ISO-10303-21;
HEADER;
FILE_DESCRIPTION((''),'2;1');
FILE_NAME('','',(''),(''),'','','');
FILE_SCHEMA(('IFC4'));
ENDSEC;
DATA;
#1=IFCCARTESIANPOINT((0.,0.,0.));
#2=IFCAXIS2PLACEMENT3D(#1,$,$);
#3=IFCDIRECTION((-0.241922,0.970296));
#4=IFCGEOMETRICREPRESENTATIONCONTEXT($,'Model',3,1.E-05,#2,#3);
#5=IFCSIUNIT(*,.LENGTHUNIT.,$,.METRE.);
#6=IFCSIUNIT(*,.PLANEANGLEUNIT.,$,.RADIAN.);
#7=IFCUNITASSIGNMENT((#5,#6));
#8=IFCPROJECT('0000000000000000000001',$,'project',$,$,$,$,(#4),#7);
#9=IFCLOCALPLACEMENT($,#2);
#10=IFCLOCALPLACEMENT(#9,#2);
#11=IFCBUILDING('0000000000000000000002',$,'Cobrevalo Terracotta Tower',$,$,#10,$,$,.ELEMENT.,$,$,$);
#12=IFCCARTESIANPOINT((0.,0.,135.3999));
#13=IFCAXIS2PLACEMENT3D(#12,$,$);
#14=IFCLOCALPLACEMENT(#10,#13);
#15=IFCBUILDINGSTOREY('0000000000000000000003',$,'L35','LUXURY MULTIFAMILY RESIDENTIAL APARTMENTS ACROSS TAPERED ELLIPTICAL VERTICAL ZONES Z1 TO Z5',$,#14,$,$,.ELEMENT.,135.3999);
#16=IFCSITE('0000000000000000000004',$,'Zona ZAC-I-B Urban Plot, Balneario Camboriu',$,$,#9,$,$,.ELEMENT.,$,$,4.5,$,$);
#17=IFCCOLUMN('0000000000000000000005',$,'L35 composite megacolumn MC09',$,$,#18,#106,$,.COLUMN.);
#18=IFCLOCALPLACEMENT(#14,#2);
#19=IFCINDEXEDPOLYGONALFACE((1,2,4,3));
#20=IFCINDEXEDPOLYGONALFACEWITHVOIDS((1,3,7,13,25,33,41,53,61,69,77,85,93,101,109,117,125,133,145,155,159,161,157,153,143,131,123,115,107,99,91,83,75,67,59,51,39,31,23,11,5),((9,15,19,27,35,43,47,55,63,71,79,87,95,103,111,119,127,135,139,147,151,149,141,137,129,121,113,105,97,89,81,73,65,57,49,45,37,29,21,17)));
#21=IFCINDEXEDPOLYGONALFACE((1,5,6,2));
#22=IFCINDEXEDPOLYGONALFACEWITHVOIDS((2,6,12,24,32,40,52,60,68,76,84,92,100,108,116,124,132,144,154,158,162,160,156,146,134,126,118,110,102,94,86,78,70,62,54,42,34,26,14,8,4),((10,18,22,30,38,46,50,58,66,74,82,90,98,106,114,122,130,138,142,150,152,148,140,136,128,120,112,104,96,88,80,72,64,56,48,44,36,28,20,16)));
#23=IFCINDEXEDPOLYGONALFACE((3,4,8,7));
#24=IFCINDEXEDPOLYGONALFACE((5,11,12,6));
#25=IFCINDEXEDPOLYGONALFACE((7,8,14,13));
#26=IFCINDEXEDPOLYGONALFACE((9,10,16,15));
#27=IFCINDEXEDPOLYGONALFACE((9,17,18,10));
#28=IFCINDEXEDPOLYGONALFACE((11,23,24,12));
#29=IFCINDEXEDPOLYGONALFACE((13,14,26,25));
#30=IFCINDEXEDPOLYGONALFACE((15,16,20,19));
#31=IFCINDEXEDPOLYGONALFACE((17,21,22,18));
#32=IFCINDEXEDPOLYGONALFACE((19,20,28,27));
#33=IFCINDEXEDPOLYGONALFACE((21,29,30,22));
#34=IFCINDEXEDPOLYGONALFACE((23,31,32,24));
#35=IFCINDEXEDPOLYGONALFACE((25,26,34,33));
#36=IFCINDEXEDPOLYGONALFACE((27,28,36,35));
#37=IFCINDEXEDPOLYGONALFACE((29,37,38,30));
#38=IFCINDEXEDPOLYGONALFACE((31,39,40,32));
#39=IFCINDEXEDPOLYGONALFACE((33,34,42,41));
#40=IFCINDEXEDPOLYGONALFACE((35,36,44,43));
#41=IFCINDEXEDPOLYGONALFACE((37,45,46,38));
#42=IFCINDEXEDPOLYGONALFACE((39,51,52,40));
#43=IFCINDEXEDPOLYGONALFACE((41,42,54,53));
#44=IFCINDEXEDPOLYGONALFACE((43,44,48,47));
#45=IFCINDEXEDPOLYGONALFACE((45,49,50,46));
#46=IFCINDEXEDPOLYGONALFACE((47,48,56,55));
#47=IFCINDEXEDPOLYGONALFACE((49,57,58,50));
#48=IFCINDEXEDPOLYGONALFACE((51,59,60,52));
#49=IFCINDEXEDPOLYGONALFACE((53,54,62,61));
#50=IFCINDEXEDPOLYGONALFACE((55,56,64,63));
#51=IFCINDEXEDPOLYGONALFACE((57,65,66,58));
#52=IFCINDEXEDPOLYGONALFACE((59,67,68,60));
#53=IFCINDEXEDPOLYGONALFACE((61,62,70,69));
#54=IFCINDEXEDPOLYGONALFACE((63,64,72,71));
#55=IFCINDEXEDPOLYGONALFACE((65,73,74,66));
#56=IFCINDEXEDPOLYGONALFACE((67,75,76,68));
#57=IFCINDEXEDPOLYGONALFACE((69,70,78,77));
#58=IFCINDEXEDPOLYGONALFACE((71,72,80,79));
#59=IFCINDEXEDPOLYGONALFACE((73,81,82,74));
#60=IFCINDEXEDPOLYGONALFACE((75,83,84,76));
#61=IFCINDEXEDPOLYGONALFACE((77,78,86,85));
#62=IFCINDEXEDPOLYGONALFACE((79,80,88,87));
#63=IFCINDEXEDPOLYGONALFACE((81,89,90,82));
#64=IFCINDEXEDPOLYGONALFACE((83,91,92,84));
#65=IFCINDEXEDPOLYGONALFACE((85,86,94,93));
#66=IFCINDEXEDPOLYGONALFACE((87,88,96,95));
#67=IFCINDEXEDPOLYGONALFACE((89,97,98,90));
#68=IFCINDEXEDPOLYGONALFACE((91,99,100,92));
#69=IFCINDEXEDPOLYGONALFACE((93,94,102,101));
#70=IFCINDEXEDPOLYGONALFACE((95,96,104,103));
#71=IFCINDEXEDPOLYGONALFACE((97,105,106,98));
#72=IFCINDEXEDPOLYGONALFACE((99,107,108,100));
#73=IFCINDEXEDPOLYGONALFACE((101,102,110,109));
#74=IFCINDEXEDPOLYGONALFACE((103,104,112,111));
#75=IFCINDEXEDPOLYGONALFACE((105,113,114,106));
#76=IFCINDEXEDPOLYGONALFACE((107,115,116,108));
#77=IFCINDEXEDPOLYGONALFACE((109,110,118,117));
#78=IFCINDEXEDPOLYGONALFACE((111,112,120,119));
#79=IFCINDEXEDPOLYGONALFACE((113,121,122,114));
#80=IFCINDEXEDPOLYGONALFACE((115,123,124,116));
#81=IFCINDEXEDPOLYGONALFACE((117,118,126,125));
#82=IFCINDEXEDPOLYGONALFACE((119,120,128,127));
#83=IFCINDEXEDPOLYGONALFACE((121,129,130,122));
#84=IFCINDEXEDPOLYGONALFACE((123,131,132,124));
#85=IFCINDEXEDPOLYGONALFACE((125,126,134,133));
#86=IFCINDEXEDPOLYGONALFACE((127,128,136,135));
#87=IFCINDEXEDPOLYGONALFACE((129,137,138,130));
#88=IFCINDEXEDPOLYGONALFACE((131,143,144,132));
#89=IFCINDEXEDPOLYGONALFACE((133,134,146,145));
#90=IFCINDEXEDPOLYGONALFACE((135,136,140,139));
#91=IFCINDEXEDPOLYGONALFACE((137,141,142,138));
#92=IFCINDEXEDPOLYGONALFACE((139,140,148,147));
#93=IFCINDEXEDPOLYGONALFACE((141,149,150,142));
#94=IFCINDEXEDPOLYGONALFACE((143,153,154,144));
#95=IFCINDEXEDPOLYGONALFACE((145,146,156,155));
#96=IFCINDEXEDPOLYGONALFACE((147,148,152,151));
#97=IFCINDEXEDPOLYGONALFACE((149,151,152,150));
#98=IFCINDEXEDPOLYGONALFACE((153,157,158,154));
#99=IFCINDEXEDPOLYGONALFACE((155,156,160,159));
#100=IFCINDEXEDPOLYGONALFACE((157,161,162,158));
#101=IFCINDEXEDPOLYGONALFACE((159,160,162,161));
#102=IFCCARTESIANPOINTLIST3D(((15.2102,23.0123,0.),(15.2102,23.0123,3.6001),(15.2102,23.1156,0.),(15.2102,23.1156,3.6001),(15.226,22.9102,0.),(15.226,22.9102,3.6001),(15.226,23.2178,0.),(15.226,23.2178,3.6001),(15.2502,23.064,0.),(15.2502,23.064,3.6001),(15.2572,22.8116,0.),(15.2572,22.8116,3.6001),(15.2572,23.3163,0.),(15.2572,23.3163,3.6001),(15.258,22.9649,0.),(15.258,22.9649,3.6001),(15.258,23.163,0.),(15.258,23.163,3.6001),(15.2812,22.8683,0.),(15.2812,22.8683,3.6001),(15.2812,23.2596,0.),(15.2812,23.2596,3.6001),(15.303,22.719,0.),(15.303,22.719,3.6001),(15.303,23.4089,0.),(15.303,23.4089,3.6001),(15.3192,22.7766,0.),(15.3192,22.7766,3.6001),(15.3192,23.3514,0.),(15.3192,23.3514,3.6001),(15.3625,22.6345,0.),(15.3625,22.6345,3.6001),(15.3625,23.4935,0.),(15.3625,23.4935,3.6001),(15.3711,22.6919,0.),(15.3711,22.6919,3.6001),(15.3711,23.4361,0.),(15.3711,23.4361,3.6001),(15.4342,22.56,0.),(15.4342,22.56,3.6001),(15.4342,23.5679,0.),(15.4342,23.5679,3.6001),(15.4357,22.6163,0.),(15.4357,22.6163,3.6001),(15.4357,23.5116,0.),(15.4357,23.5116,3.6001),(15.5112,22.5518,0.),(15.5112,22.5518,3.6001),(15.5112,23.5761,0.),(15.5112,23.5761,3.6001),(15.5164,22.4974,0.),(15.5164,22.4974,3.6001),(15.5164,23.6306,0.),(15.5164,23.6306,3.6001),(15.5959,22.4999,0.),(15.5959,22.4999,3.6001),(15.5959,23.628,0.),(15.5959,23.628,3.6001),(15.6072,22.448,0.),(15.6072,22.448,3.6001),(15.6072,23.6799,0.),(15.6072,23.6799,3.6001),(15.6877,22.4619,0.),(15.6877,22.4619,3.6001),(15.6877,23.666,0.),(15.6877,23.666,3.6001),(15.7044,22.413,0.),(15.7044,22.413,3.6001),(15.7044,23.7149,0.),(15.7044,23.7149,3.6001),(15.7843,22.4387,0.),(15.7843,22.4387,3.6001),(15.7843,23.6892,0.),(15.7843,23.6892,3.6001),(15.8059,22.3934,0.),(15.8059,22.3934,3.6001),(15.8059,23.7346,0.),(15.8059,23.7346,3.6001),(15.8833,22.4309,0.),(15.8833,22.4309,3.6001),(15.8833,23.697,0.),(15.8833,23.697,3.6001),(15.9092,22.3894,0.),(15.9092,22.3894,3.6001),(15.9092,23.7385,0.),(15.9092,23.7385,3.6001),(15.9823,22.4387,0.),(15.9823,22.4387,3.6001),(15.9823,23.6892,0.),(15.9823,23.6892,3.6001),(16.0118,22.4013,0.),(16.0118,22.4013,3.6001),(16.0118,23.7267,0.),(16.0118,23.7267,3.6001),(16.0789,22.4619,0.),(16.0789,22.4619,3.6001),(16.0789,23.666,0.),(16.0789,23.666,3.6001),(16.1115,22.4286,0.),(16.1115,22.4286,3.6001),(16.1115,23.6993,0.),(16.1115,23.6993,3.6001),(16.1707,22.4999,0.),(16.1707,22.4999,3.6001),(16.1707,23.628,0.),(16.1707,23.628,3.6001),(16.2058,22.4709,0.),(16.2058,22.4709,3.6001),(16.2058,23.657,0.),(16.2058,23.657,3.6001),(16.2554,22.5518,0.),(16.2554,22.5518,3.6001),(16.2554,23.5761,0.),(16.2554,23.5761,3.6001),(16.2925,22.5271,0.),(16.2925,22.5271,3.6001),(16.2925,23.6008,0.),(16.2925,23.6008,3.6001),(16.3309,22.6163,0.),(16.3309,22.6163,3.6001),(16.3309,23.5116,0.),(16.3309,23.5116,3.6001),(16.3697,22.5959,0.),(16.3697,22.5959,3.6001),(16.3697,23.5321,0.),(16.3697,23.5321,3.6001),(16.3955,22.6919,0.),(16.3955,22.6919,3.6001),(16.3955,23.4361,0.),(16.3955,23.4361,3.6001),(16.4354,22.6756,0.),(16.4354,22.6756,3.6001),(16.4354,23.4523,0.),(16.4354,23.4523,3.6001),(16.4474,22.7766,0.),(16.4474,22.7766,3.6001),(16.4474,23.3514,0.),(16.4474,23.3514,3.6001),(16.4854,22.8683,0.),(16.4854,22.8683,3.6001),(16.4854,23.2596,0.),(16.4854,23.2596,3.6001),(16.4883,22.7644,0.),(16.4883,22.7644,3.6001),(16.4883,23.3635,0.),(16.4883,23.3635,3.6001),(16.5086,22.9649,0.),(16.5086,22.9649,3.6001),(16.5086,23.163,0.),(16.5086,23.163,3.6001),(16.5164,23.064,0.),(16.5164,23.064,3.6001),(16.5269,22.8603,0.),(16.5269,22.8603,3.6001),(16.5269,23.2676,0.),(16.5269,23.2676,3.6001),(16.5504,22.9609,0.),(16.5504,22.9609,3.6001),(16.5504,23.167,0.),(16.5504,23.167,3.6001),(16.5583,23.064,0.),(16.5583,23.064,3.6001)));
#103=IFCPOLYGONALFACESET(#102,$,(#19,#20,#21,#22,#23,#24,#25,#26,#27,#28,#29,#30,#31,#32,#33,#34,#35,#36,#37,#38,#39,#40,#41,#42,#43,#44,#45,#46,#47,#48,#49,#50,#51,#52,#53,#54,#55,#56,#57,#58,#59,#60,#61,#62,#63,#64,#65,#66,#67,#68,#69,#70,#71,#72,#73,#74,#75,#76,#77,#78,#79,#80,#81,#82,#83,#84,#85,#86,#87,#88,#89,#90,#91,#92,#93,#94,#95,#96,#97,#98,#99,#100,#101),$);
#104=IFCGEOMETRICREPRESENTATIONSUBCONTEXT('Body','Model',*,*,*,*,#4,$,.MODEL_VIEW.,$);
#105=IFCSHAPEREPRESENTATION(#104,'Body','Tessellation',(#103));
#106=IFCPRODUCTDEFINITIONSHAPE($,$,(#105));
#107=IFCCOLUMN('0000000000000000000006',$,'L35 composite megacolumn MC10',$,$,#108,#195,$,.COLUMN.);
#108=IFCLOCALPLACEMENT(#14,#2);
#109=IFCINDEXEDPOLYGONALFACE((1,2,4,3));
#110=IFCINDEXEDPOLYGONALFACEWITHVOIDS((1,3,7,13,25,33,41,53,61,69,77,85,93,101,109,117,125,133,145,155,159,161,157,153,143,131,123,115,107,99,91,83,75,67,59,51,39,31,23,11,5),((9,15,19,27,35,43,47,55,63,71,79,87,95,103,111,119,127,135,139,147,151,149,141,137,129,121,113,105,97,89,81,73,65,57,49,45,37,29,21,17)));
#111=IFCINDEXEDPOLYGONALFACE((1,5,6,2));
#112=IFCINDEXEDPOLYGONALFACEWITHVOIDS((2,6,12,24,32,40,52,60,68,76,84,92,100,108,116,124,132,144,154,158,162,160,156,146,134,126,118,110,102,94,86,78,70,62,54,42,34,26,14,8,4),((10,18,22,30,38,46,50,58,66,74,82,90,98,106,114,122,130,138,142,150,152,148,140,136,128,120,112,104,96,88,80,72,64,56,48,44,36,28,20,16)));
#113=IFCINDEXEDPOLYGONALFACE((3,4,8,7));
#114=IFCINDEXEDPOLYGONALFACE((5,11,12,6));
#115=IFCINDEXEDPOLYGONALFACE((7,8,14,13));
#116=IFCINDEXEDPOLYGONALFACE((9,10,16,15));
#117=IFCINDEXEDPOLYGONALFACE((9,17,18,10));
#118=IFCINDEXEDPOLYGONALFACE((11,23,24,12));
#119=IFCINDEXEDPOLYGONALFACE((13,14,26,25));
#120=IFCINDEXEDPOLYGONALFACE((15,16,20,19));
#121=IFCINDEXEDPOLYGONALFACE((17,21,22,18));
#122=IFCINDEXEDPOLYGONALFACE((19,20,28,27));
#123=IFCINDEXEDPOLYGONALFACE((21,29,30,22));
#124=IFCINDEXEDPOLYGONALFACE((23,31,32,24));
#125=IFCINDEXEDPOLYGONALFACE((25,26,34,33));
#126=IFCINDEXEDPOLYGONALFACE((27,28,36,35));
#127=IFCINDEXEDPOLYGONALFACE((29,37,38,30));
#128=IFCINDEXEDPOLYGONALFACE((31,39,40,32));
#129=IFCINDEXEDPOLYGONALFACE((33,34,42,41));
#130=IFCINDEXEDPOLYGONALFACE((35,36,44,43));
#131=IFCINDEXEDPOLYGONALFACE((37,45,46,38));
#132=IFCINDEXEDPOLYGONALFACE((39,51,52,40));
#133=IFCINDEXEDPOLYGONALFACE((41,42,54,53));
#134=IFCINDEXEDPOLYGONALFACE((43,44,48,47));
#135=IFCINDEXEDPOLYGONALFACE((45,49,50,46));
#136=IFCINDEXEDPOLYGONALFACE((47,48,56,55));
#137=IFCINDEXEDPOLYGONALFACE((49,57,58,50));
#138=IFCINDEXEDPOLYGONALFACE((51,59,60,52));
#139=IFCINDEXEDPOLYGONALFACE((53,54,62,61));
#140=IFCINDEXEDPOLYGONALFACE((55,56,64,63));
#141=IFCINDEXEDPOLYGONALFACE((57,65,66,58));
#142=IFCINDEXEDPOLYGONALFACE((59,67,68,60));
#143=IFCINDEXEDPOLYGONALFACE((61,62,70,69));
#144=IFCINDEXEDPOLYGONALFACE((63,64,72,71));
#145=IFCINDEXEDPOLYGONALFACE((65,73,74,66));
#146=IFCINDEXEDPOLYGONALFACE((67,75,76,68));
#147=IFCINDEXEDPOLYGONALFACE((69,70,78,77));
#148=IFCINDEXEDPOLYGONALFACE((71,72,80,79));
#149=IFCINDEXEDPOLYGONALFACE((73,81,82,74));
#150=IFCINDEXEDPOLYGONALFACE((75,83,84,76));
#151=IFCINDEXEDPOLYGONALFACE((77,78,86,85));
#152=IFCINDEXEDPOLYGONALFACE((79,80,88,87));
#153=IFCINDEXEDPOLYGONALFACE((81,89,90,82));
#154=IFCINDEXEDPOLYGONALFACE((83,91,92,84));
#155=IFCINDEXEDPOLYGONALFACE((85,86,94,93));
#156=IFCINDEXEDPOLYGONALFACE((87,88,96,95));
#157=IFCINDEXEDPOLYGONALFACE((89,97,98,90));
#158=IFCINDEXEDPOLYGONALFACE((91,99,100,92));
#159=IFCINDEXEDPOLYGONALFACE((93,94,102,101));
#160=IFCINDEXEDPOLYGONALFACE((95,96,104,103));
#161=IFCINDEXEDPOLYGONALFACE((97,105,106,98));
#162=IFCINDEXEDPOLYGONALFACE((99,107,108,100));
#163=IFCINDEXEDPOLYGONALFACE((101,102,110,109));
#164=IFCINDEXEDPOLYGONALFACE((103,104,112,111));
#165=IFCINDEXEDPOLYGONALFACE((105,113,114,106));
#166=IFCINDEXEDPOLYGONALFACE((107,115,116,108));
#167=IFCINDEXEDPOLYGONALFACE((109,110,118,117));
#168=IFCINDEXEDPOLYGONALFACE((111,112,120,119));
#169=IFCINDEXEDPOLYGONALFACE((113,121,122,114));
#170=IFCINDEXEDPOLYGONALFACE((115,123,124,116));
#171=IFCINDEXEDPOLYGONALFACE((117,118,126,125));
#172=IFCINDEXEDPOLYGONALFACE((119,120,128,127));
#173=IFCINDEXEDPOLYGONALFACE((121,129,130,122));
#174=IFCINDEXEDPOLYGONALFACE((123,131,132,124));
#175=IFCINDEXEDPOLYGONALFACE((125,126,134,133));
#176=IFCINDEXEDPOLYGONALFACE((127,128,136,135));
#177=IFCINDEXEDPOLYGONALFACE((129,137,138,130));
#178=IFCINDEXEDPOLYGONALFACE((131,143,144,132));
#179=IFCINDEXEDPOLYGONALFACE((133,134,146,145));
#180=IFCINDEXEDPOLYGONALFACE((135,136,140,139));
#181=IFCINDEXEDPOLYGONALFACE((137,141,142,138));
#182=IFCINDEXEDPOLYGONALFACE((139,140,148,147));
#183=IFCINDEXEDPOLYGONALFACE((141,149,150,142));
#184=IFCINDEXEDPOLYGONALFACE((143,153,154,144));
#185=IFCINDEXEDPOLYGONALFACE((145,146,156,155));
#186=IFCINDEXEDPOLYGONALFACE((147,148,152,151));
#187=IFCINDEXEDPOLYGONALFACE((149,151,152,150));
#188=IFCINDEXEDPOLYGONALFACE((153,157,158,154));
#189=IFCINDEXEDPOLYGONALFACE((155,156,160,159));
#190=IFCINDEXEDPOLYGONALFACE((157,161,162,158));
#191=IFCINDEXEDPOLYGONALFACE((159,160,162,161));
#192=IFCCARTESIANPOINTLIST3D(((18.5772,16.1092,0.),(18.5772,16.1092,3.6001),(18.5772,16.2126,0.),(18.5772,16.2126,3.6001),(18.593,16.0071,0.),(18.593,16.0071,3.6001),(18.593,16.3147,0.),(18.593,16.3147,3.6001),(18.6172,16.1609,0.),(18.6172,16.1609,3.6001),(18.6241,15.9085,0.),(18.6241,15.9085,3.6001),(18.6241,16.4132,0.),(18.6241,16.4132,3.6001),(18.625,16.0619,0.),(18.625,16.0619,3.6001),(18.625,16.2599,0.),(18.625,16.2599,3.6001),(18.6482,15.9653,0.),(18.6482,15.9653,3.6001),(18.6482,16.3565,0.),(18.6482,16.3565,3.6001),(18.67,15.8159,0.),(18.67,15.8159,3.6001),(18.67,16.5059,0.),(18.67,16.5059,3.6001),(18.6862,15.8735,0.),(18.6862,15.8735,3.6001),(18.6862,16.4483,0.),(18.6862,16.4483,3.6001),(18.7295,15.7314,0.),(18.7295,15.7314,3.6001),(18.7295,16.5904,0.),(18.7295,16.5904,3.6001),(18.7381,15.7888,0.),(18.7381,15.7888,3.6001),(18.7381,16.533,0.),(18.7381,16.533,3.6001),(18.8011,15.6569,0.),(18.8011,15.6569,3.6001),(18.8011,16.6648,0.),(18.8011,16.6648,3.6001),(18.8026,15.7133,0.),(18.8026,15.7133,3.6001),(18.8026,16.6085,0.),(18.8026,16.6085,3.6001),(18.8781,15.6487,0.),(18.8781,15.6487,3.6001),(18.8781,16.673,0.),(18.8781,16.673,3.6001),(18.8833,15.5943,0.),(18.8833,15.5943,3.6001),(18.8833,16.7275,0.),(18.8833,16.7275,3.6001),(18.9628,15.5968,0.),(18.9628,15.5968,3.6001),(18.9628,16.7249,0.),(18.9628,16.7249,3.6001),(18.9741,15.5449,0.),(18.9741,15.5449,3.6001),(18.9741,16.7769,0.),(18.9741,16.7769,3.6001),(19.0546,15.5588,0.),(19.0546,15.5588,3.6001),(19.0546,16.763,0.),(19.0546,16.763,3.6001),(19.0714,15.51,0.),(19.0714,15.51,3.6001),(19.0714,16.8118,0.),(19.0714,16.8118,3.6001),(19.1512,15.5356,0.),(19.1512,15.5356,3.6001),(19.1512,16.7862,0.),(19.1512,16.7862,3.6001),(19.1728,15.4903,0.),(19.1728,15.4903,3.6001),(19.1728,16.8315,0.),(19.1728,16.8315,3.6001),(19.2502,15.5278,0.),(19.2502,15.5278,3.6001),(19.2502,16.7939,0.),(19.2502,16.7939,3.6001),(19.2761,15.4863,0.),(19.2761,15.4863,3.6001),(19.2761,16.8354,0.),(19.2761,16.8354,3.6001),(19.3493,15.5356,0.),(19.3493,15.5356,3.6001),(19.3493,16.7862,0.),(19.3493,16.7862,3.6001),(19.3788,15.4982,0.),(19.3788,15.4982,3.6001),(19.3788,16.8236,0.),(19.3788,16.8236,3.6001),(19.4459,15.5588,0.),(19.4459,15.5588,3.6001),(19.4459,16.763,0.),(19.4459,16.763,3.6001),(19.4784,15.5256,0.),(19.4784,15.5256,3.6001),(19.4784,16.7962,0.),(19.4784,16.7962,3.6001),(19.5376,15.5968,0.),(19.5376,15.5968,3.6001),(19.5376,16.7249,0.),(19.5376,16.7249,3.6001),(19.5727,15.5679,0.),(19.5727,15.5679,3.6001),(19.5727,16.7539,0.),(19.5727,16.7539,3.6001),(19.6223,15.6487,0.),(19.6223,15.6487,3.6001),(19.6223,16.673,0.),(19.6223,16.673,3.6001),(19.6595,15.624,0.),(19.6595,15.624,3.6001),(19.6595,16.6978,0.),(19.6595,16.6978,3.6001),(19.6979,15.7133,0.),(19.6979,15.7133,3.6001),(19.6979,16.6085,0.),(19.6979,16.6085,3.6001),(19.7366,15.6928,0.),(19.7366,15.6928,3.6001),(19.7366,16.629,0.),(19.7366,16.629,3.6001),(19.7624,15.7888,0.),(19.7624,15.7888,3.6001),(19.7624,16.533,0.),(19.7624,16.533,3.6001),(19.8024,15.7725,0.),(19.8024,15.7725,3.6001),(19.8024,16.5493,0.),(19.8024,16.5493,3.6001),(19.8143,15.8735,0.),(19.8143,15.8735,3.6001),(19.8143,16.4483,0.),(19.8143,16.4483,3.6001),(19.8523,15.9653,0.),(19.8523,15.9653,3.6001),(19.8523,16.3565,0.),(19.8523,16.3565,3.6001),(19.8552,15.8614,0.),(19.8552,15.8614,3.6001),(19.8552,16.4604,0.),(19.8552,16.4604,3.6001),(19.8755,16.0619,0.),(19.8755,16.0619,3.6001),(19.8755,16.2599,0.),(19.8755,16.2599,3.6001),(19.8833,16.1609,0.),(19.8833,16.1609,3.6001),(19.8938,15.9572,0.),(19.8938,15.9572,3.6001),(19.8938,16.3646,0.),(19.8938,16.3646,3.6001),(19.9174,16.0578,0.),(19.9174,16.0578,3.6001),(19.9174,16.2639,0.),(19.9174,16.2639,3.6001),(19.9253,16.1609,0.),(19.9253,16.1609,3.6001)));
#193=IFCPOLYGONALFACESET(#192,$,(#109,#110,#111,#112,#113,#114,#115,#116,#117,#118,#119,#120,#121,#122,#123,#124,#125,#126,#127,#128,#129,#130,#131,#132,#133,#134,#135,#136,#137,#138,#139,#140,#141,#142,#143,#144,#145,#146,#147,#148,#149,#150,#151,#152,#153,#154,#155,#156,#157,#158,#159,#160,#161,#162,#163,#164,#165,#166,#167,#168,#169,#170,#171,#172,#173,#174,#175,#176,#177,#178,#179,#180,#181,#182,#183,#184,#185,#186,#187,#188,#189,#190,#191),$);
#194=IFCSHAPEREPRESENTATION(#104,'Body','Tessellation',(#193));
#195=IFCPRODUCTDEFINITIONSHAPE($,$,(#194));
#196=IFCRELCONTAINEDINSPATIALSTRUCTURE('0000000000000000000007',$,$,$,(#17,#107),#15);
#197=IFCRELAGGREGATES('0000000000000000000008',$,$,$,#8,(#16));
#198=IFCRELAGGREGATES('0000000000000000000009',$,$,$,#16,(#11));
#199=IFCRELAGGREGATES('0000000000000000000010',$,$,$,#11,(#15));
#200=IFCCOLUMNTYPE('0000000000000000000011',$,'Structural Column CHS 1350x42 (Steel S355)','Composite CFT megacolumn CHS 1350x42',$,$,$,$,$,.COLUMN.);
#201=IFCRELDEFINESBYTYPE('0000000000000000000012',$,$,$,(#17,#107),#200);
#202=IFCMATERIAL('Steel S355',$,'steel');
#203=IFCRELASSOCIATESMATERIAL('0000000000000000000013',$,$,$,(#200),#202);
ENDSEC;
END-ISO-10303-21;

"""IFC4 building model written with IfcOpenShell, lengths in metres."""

from ifc_helpers import new_model, si_unit, direction, frame, origin, origin_2d, place, context, subcontext, project, spatial, hollow_circle, extrude, material, material_profile, profile_set, type_object, element, save


model = new_model("IFC4")

# Units and contexts
model_context = context("Model", 3, precision=1e-05, world=origin(), true_north=direction((-0.241922, 0.970296)))
body_context = subcontext(model_context, "Body", "Model", "MODEL_VIEW")
ifc_project = project(units=[si_unit("LENGTHUNIT", "METRE"), si_unit("PLANEANGLEUNIT", "RADIAN")], contexts=[model_context])

# Site, building, storey
site_placement = place(None, origin())
site = spatial("IfcSite", under=ifc_project, at=site_placement, Name="Zona ZAC-I-B Urban Plot, Balneario Camboriu", CompositionType="ELEMENT", RefElevation=4.5)
building_placement = place(site_placement, origin())
building = spatial("IfcBuilding", under=site, at=building_placement, Name="Cobrevalo Terracotta Tower", CompositionType="ELEMENT")
storey_placement = place(building_placement, frame((0.0, 0.0, 135.3999)))
storey = spatial("IfcBuildingStorey", under=building, at=storey_placement, Name="L35", Description="LUXURY MULTIFAMILY RESIDENTIAL APARTMENTS ACROSS TAPERED ELLIPTICAL VERTICAL ZONES Z1 TO Z5", CompositionType="ELEMENT", Elevation=135.3999)

# Columns
ifc_material_1 = material(Name="Steel S355", Category="steel")
ifc_material_profile_1 = material_profile(ifc_material_1, hollow_circle(Radius=0.675, WallThickness=0.042, at=origin_2d()), Name="CHS 1350x42")
ifc_profile_set_1 = profile_set([ifc_material_profile_1], Name="Steel S355")
column_type = type_object("IfcColumnType", Name="Structural Column CHS 1350x42 (Steel S355)", Description="Composite CFT megacolumn CHS 1350x42", PredefinedType="COLUMN", material=ifc_profile_set_1)
for number, where, z_axis, x_axis, name in (
    (1, (15.8833, 23.064, 0.0), (0.0, 0.0, 1.0), (1.0, 0.0, 0.0), "L35 composite megacolumn MC09"),
    (2, (19.2502, 16.1609, 0.0), (0.0, 0.0, 1.0), (1.0, 0.0, 0.0), "L35 composite megacolumn MC10"),
):
    element("IfcColumn", number, at=place(storey_placement, frame(where, z_axis=z_axis, x_axis=x_axis)), inside=storey, type_object=column_type, Name=name, PredefinedType="COLUMN", context=body_context, shape_type="SweptSolid", body=[
        extrude(hollow_circle(Radius=0.675, WallThickness=0.042, at=origin_2d()), origin(), (0.0, 0.0, 1.0), 3.6001),
    ])

save(model, "model.ifc")
